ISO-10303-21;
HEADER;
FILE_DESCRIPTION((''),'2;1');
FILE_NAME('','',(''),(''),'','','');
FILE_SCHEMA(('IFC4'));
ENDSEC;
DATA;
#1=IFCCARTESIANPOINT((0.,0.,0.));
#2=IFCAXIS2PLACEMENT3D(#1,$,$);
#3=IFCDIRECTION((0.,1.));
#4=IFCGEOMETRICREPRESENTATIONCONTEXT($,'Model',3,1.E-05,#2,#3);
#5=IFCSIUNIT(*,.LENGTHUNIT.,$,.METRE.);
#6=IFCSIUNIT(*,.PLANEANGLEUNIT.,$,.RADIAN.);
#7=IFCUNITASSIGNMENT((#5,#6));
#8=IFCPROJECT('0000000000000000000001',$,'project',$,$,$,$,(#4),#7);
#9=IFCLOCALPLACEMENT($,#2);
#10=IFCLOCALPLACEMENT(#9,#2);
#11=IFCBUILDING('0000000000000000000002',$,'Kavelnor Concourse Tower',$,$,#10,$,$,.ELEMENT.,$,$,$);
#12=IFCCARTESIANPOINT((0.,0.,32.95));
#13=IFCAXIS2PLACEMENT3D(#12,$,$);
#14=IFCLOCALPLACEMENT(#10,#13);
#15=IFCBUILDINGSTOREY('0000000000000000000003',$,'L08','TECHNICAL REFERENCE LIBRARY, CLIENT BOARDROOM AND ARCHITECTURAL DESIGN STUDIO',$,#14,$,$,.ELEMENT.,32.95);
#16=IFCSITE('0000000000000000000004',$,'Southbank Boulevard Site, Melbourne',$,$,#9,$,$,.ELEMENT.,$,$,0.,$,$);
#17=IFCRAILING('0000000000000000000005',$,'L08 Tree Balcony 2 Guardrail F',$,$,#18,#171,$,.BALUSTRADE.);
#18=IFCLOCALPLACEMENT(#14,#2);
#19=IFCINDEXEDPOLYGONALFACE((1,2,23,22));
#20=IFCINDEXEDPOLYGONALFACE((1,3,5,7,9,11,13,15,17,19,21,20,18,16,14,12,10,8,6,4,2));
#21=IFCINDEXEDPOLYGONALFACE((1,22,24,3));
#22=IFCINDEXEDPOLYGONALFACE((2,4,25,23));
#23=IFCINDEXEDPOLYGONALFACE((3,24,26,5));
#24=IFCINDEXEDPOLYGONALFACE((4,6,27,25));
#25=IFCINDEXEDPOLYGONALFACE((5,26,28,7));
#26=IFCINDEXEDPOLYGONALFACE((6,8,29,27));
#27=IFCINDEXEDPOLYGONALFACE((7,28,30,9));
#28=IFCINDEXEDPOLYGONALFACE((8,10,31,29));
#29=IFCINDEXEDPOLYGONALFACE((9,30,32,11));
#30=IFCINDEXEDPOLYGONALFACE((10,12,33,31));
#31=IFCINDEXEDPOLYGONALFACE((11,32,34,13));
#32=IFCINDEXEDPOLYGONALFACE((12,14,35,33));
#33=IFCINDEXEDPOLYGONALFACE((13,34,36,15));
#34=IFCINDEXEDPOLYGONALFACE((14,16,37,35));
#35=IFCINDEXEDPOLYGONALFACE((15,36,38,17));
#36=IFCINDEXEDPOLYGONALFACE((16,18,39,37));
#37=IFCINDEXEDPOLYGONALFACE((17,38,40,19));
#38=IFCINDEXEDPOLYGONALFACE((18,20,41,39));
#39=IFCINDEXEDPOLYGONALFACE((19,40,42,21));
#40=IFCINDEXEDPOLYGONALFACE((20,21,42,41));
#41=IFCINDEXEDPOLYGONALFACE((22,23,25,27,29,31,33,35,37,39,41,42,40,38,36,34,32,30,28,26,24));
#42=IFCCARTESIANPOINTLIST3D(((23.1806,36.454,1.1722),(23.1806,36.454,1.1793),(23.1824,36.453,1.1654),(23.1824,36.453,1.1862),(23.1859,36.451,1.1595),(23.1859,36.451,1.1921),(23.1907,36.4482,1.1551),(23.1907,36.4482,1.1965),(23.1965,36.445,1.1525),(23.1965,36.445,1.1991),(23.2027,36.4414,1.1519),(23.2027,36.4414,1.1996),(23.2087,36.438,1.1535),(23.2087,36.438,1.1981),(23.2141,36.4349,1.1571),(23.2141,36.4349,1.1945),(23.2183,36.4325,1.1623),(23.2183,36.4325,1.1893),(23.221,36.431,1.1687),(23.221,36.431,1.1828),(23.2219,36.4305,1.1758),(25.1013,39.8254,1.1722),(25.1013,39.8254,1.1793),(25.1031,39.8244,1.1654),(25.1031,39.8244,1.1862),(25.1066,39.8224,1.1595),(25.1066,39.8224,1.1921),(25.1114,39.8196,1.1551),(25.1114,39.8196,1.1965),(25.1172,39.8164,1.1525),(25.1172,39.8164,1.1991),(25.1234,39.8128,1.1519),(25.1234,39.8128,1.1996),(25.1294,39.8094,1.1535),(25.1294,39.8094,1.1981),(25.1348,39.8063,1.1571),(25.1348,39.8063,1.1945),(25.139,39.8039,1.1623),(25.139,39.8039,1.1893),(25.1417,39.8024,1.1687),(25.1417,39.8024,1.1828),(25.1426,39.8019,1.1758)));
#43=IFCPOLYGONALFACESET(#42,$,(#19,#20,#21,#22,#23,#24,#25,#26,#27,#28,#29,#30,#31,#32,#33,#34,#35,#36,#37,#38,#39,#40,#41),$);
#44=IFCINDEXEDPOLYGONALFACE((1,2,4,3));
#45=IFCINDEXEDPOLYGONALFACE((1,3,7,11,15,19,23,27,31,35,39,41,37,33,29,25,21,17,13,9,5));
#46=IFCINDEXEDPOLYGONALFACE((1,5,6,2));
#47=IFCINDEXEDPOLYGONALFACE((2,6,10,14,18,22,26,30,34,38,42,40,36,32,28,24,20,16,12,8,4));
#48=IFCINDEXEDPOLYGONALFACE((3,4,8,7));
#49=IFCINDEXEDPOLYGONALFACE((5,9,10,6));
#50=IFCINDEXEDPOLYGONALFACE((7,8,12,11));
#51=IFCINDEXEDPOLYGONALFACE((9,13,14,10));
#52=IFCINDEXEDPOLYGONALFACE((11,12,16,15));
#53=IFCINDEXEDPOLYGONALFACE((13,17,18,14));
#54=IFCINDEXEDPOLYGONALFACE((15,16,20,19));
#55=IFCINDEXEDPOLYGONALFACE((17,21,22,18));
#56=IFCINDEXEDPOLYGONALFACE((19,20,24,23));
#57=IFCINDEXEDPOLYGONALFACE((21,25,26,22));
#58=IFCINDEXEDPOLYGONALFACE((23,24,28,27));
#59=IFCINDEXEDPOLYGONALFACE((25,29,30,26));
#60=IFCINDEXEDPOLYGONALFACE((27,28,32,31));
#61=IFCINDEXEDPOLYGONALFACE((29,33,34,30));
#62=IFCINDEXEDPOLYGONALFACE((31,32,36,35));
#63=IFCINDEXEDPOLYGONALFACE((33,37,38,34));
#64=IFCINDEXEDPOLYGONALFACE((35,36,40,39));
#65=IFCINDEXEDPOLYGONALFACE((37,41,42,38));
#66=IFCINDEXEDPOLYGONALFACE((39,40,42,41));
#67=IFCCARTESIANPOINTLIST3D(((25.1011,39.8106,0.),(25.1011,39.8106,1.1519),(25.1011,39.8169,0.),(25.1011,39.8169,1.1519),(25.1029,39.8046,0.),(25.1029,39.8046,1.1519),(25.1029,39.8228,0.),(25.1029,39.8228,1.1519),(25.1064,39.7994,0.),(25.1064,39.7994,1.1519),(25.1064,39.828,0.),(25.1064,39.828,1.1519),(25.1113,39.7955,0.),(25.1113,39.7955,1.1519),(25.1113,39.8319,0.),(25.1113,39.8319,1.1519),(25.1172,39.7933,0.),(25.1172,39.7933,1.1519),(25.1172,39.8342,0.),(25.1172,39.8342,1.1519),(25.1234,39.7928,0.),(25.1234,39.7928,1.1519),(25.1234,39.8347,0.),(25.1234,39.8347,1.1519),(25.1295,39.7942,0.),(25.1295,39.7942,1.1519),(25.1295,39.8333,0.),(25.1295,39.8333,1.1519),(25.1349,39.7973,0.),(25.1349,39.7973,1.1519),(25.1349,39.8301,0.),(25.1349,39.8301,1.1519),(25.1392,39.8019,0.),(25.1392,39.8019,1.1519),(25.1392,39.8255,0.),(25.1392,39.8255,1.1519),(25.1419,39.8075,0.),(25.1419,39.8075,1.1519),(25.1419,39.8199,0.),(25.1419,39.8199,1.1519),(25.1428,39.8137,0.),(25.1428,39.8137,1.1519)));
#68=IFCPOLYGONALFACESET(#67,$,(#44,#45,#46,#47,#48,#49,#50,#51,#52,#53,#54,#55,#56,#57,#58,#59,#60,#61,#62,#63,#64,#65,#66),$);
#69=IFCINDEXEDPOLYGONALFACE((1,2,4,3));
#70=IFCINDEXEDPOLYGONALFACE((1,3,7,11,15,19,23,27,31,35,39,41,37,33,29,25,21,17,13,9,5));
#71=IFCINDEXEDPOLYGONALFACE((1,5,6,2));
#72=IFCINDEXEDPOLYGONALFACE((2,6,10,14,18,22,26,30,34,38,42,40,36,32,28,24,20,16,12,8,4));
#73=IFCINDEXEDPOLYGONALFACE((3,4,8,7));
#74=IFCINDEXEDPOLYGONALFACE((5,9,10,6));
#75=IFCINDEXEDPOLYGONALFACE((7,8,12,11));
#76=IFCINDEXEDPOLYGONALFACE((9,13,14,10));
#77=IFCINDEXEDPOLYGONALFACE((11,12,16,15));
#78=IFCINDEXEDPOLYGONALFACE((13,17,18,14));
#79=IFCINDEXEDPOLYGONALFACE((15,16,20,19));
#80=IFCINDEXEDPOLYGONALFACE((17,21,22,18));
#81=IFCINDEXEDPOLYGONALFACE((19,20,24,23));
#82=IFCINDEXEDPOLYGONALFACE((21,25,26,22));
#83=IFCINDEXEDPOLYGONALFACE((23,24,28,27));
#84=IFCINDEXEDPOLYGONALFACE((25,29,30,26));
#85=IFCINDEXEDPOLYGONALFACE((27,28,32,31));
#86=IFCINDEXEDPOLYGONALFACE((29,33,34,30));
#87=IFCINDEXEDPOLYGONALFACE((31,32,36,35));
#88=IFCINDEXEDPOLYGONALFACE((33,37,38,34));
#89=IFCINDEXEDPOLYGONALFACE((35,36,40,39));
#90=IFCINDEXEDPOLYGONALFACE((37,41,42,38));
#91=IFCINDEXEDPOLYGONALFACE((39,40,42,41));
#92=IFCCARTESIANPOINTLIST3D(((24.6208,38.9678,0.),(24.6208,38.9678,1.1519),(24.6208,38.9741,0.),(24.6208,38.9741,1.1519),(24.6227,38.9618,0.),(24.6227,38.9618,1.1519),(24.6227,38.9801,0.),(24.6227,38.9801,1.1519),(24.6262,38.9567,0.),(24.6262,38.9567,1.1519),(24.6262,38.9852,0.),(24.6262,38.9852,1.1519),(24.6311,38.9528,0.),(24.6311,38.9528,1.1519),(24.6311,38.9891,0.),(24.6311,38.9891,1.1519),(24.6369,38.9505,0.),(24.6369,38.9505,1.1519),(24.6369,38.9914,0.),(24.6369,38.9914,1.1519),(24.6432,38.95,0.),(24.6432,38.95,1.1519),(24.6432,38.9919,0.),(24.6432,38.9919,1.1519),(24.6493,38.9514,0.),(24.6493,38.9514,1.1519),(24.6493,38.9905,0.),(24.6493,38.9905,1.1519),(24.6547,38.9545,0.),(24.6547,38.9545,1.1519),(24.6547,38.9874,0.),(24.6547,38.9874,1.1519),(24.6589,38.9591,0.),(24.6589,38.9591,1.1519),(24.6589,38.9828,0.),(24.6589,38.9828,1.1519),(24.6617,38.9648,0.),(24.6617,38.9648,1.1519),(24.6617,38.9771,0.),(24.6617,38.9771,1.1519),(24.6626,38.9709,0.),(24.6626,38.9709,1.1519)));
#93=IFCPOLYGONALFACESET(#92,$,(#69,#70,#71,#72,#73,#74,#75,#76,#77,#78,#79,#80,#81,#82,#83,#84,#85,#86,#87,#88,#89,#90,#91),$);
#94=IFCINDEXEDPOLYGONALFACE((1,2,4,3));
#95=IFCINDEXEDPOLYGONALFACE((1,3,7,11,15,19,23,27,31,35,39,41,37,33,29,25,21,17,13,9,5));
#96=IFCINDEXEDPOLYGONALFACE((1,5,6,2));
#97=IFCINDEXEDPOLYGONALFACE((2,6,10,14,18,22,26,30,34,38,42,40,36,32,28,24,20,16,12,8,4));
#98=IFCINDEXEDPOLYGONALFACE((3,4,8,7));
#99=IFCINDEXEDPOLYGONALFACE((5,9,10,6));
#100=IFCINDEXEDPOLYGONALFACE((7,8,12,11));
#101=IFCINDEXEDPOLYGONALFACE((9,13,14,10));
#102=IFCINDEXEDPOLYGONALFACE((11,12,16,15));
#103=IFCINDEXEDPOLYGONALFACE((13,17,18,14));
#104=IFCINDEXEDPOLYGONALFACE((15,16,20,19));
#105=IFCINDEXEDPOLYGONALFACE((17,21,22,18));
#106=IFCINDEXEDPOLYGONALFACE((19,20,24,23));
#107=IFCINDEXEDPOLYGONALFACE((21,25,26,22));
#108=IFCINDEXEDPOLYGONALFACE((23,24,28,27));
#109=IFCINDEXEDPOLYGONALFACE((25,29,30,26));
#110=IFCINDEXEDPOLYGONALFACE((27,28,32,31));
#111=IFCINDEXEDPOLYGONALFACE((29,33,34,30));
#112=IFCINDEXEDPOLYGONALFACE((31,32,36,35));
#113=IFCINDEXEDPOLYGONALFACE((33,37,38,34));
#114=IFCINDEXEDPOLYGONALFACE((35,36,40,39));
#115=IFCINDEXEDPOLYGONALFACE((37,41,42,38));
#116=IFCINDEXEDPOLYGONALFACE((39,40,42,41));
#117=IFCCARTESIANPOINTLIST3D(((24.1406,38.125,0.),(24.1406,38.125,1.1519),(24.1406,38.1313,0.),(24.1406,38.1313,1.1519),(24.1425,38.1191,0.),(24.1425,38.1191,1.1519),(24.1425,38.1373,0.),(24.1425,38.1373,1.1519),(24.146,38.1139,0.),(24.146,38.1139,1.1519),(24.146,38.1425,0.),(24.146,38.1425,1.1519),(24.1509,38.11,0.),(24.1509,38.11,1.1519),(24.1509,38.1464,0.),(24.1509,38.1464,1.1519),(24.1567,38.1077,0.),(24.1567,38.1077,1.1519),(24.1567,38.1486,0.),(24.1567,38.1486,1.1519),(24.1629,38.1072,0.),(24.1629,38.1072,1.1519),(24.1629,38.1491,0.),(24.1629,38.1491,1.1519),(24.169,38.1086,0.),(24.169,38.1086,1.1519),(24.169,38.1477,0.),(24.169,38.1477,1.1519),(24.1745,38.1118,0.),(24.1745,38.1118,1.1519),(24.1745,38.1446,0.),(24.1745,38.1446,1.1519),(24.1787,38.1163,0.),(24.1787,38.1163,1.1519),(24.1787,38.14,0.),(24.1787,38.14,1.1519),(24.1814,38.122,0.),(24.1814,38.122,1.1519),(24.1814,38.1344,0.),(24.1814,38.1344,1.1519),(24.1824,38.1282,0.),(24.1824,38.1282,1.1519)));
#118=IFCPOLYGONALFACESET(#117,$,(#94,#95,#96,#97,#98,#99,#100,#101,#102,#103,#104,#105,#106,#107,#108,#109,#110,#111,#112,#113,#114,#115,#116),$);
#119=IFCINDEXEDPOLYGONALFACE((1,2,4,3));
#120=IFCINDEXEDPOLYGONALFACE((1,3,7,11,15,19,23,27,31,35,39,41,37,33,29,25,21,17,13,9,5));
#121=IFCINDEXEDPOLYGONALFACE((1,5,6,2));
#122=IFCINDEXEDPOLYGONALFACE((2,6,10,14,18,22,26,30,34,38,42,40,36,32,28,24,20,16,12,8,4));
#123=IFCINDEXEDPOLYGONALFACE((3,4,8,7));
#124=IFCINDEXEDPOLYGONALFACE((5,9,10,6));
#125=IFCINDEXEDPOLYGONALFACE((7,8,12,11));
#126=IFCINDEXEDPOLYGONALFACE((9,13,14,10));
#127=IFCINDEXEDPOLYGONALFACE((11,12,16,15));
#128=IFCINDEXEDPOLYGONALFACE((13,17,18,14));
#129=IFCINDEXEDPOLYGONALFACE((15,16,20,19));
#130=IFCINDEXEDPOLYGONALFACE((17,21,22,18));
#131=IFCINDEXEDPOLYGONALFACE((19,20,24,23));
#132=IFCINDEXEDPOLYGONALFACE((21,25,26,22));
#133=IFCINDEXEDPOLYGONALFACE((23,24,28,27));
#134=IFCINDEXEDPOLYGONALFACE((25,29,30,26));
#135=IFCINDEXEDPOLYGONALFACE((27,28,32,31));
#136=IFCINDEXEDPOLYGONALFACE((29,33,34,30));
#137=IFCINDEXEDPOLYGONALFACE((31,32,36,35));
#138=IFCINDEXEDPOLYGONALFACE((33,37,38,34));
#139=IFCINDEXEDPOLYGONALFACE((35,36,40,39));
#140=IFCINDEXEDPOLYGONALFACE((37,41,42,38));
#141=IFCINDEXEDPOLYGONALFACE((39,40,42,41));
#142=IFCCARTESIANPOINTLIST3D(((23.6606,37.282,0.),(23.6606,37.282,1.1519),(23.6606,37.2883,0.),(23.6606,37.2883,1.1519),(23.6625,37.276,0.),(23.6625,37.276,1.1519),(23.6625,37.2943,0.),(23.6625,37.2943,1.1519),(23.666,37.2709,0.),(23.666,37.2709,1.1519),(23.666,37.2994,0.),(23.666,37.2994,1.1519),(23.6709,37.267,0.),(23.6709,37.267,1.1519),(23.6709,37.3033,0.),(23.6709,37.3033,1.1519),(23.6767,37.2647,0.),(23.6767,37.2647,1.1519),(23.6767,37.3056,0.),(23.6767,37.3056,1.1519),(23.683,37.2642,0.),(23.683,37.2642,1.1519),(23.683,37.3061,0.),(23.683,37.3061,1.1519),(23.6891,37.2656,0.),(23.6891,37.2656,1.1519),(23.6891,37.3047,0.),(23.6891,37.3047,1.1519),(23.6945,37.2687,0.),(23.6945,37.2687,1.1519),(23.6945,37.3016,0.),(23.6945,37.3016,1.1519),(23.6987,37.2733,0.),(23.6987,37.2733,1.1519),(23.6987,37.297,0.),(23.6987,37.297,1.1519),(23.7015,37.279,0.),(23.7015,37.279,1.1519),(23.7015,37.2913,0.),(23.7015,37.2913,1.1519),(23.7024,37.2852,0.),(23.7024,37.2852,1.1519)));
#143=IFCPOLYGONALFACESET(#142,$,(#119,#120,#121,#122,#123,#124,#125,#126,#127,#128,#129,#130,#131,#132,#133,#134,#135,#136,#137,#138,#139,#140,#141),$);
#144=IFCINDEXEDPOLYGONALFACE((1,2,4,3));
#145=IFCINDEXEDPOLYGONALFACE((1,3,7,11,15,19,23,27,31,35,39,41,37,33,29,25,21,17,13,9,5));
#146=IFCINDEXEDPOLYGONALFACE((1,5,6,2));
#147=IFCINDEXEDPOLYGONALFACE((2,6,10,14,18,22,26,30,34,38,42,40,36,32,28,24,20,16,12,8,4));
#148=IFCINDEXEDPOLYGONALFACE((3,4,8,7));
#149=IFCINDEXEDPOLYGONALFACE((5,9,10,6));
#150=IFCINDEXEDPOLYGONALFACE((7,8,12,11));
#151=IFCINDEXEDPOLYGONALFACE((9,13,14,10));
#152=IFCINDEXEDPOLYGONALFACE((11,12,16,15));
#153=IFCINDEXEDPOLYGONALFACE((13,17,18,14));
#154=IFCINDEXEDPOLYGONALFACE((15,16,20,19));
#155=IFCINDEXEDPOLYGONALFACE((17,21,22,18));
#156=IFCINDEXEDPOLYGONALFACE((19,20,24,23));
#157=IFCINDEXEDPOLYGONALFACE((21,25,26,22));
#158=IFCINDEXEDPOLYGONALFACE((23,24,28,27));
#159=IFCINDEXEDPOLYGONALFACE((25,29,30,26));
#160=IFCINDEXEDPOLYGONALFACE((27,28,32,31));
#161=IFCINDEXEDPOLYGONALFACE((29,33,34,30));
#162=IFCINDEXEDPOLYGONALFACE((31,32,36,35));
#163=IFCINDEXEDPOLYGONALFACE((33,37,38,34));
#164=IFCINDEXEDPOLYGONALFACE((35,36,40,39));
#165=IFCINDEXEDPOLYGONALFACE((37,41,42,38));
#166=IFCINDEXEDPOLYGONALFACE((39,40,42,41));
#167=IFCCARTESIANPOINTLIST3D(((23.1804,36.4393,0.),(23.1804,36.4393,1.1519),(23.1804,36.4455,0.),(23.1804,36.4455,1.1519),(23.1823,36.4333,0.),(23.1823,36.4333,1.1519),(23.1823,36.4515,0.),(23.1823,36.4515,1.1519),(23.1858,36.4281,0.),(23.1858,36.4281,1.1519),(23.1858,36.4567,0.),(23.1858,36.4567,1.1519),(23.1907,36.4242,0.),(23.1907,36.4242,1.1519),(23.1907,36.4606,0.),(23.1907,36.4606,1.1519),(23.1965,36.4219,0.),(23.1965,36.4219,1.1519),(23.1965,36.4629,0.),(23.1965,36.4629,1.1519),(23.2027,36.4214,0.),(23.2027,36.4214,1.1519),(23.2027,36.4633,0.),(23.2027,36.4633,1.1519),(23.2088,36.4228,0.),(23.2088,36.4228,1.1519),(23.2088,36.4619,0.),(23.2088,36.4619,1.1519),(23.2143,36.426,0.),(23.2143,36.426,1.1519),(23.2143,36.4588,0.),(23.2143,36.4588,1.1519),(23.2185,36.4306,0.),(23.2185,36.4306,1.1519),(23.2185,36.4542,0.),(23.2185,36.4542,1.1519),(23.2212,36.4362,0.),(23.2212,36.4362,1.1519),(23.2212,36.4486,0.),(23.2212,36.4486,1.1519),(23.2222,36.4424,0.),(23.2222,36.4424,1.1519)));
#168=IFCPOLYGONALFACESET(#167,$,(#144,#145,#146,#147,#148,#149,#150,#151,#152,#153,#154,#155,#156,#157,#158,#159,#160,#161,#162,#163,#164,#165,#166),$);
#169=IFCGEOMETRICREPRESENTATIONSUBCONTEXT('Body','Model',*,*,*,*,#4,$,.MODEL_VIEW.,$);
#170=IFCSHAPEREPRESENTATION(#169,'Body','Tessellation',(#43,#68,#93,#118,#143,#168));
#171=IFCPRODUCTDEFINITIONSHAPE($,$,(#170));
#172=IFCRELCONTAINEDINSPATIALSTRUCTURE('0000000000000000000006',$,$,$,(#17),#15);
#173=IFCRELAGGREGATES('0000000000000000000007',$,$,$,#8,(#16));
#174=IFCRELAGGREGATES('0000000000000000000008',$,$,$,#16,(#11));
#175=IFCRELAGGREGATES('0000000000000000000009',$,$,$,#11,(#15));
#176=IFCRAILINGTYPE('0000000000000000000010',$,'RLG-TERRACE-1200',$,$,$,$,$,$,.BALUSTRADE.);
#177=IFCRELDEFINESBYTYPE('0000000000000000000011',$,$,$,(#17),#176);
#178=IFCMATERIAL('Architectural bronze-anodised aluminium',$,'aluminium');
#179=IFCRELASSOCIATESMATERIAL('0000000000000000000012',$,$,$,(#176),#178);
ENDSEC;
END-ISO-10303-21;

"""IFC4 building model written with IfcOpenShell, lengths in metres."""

from ifc_helpers import new_model, si_unit, direction, frame, origin, origin_2d, place, context, subcontext, project, spatial, circle, extrude, material, type_object, element, save


model = new_model("IFC4")

# Units and contexts
model_context = context("Model", 3, precision=1e-05, world=origin(), true_north=direction((0.0, 1.0)))
body_context = subcontext(model_context, "Body", "Model", "MODEL_VIEW")
ifc_project = project(units=[si_unit("LENGTHUNIT", "METRE"), si_unit("PLANEANGLEUNIT", "RADIAN")], contexts=[model_context])

# Site, building, storey
site_placement = place(None, origin())
site = spatial("IfcSite", under=ifc_project, at=site_placement, Name="Southbank Boulevard Site, Melbourne", CompositionType="ELEMENT", RefElevation=0.0)
building_placement = place(site_placement, origin())
building = spatial("IfcBuilding", under=site, at=building_placement, Name="Kavelnor Concourse Tower", CompositionType="ELEMENT")
storey_placement = place(building_placement, frame((0.0, 0.0, 32.95)))
storey = spatial("IfcBuildingStorey", under=building, at=storey_placement, Name="L08", Description="TECHNICAL REFERENCE LIBRARY, CLIENT BOARDROOM AND ARCHITECTURAL DESIGN STUDIO", CompositionType="ELEMENT", Elevation=32.95)

# Railing
ifc_material_1 = material(Name="Architectural bronze-anodised aluminium", Category="aluminium")
railing_type = type_object("IfcRailingType", Name="RLG-TERRACE-1200", PredefinedType="BALUSTRADE", material=ifc_material_1)
railing_1_placement = place(storey_placement, frame((25.1218, 39.8137, 0.0)))
element("IfcRailing", 1, at=railing_1_placement, inside=storey, type_object=railing_type, Name="L08 Tree Balcony 2 Guardrail F", PredefinedType="BALUSTRADE", context=body_context, shape_type="SweptSolid", body=[
    extrude(circle(Radius=0.0239, at=origin_2d()), frame((0.0, 0.0, 1.1758), z_axis=(-0.495007, -0.868889, 0.0), x_axis=(0.868889, -0.495007, 0.0)), (0.0, 0.0, 1.0), 3.8801),
    extrude(circle(Radius=0.021, at=origin_2d()), origin(), (0.0, 0.0, 1.0), 1.1519),
    extrude(circle(Radius=0.021, at=origin_2d()), frame((-0.4802, -0.8428, 0.0)), (0.0, 0.0, 1.0), 1.1519),
    extrude(circle(Radius=0.021, at=origin_2d()), frame((-0.9604, -1.6855, 0.0)), (0.0, 0.0, 1.0), 1.1519),
    extrude(circle(Radius=0.021, at=origin_2d()), frame((-1.4404, -2.5286, 0.0)), (0.0, 0.0, 1.0), 1.1519),
    extrude(circle(Radius=0.021, at=origin_2d()), frame((-1.9207, -3.3713, 0.0)), (0.0, 0.0, 1.0), 1.1519),
])

save(model, "model.ifc")
